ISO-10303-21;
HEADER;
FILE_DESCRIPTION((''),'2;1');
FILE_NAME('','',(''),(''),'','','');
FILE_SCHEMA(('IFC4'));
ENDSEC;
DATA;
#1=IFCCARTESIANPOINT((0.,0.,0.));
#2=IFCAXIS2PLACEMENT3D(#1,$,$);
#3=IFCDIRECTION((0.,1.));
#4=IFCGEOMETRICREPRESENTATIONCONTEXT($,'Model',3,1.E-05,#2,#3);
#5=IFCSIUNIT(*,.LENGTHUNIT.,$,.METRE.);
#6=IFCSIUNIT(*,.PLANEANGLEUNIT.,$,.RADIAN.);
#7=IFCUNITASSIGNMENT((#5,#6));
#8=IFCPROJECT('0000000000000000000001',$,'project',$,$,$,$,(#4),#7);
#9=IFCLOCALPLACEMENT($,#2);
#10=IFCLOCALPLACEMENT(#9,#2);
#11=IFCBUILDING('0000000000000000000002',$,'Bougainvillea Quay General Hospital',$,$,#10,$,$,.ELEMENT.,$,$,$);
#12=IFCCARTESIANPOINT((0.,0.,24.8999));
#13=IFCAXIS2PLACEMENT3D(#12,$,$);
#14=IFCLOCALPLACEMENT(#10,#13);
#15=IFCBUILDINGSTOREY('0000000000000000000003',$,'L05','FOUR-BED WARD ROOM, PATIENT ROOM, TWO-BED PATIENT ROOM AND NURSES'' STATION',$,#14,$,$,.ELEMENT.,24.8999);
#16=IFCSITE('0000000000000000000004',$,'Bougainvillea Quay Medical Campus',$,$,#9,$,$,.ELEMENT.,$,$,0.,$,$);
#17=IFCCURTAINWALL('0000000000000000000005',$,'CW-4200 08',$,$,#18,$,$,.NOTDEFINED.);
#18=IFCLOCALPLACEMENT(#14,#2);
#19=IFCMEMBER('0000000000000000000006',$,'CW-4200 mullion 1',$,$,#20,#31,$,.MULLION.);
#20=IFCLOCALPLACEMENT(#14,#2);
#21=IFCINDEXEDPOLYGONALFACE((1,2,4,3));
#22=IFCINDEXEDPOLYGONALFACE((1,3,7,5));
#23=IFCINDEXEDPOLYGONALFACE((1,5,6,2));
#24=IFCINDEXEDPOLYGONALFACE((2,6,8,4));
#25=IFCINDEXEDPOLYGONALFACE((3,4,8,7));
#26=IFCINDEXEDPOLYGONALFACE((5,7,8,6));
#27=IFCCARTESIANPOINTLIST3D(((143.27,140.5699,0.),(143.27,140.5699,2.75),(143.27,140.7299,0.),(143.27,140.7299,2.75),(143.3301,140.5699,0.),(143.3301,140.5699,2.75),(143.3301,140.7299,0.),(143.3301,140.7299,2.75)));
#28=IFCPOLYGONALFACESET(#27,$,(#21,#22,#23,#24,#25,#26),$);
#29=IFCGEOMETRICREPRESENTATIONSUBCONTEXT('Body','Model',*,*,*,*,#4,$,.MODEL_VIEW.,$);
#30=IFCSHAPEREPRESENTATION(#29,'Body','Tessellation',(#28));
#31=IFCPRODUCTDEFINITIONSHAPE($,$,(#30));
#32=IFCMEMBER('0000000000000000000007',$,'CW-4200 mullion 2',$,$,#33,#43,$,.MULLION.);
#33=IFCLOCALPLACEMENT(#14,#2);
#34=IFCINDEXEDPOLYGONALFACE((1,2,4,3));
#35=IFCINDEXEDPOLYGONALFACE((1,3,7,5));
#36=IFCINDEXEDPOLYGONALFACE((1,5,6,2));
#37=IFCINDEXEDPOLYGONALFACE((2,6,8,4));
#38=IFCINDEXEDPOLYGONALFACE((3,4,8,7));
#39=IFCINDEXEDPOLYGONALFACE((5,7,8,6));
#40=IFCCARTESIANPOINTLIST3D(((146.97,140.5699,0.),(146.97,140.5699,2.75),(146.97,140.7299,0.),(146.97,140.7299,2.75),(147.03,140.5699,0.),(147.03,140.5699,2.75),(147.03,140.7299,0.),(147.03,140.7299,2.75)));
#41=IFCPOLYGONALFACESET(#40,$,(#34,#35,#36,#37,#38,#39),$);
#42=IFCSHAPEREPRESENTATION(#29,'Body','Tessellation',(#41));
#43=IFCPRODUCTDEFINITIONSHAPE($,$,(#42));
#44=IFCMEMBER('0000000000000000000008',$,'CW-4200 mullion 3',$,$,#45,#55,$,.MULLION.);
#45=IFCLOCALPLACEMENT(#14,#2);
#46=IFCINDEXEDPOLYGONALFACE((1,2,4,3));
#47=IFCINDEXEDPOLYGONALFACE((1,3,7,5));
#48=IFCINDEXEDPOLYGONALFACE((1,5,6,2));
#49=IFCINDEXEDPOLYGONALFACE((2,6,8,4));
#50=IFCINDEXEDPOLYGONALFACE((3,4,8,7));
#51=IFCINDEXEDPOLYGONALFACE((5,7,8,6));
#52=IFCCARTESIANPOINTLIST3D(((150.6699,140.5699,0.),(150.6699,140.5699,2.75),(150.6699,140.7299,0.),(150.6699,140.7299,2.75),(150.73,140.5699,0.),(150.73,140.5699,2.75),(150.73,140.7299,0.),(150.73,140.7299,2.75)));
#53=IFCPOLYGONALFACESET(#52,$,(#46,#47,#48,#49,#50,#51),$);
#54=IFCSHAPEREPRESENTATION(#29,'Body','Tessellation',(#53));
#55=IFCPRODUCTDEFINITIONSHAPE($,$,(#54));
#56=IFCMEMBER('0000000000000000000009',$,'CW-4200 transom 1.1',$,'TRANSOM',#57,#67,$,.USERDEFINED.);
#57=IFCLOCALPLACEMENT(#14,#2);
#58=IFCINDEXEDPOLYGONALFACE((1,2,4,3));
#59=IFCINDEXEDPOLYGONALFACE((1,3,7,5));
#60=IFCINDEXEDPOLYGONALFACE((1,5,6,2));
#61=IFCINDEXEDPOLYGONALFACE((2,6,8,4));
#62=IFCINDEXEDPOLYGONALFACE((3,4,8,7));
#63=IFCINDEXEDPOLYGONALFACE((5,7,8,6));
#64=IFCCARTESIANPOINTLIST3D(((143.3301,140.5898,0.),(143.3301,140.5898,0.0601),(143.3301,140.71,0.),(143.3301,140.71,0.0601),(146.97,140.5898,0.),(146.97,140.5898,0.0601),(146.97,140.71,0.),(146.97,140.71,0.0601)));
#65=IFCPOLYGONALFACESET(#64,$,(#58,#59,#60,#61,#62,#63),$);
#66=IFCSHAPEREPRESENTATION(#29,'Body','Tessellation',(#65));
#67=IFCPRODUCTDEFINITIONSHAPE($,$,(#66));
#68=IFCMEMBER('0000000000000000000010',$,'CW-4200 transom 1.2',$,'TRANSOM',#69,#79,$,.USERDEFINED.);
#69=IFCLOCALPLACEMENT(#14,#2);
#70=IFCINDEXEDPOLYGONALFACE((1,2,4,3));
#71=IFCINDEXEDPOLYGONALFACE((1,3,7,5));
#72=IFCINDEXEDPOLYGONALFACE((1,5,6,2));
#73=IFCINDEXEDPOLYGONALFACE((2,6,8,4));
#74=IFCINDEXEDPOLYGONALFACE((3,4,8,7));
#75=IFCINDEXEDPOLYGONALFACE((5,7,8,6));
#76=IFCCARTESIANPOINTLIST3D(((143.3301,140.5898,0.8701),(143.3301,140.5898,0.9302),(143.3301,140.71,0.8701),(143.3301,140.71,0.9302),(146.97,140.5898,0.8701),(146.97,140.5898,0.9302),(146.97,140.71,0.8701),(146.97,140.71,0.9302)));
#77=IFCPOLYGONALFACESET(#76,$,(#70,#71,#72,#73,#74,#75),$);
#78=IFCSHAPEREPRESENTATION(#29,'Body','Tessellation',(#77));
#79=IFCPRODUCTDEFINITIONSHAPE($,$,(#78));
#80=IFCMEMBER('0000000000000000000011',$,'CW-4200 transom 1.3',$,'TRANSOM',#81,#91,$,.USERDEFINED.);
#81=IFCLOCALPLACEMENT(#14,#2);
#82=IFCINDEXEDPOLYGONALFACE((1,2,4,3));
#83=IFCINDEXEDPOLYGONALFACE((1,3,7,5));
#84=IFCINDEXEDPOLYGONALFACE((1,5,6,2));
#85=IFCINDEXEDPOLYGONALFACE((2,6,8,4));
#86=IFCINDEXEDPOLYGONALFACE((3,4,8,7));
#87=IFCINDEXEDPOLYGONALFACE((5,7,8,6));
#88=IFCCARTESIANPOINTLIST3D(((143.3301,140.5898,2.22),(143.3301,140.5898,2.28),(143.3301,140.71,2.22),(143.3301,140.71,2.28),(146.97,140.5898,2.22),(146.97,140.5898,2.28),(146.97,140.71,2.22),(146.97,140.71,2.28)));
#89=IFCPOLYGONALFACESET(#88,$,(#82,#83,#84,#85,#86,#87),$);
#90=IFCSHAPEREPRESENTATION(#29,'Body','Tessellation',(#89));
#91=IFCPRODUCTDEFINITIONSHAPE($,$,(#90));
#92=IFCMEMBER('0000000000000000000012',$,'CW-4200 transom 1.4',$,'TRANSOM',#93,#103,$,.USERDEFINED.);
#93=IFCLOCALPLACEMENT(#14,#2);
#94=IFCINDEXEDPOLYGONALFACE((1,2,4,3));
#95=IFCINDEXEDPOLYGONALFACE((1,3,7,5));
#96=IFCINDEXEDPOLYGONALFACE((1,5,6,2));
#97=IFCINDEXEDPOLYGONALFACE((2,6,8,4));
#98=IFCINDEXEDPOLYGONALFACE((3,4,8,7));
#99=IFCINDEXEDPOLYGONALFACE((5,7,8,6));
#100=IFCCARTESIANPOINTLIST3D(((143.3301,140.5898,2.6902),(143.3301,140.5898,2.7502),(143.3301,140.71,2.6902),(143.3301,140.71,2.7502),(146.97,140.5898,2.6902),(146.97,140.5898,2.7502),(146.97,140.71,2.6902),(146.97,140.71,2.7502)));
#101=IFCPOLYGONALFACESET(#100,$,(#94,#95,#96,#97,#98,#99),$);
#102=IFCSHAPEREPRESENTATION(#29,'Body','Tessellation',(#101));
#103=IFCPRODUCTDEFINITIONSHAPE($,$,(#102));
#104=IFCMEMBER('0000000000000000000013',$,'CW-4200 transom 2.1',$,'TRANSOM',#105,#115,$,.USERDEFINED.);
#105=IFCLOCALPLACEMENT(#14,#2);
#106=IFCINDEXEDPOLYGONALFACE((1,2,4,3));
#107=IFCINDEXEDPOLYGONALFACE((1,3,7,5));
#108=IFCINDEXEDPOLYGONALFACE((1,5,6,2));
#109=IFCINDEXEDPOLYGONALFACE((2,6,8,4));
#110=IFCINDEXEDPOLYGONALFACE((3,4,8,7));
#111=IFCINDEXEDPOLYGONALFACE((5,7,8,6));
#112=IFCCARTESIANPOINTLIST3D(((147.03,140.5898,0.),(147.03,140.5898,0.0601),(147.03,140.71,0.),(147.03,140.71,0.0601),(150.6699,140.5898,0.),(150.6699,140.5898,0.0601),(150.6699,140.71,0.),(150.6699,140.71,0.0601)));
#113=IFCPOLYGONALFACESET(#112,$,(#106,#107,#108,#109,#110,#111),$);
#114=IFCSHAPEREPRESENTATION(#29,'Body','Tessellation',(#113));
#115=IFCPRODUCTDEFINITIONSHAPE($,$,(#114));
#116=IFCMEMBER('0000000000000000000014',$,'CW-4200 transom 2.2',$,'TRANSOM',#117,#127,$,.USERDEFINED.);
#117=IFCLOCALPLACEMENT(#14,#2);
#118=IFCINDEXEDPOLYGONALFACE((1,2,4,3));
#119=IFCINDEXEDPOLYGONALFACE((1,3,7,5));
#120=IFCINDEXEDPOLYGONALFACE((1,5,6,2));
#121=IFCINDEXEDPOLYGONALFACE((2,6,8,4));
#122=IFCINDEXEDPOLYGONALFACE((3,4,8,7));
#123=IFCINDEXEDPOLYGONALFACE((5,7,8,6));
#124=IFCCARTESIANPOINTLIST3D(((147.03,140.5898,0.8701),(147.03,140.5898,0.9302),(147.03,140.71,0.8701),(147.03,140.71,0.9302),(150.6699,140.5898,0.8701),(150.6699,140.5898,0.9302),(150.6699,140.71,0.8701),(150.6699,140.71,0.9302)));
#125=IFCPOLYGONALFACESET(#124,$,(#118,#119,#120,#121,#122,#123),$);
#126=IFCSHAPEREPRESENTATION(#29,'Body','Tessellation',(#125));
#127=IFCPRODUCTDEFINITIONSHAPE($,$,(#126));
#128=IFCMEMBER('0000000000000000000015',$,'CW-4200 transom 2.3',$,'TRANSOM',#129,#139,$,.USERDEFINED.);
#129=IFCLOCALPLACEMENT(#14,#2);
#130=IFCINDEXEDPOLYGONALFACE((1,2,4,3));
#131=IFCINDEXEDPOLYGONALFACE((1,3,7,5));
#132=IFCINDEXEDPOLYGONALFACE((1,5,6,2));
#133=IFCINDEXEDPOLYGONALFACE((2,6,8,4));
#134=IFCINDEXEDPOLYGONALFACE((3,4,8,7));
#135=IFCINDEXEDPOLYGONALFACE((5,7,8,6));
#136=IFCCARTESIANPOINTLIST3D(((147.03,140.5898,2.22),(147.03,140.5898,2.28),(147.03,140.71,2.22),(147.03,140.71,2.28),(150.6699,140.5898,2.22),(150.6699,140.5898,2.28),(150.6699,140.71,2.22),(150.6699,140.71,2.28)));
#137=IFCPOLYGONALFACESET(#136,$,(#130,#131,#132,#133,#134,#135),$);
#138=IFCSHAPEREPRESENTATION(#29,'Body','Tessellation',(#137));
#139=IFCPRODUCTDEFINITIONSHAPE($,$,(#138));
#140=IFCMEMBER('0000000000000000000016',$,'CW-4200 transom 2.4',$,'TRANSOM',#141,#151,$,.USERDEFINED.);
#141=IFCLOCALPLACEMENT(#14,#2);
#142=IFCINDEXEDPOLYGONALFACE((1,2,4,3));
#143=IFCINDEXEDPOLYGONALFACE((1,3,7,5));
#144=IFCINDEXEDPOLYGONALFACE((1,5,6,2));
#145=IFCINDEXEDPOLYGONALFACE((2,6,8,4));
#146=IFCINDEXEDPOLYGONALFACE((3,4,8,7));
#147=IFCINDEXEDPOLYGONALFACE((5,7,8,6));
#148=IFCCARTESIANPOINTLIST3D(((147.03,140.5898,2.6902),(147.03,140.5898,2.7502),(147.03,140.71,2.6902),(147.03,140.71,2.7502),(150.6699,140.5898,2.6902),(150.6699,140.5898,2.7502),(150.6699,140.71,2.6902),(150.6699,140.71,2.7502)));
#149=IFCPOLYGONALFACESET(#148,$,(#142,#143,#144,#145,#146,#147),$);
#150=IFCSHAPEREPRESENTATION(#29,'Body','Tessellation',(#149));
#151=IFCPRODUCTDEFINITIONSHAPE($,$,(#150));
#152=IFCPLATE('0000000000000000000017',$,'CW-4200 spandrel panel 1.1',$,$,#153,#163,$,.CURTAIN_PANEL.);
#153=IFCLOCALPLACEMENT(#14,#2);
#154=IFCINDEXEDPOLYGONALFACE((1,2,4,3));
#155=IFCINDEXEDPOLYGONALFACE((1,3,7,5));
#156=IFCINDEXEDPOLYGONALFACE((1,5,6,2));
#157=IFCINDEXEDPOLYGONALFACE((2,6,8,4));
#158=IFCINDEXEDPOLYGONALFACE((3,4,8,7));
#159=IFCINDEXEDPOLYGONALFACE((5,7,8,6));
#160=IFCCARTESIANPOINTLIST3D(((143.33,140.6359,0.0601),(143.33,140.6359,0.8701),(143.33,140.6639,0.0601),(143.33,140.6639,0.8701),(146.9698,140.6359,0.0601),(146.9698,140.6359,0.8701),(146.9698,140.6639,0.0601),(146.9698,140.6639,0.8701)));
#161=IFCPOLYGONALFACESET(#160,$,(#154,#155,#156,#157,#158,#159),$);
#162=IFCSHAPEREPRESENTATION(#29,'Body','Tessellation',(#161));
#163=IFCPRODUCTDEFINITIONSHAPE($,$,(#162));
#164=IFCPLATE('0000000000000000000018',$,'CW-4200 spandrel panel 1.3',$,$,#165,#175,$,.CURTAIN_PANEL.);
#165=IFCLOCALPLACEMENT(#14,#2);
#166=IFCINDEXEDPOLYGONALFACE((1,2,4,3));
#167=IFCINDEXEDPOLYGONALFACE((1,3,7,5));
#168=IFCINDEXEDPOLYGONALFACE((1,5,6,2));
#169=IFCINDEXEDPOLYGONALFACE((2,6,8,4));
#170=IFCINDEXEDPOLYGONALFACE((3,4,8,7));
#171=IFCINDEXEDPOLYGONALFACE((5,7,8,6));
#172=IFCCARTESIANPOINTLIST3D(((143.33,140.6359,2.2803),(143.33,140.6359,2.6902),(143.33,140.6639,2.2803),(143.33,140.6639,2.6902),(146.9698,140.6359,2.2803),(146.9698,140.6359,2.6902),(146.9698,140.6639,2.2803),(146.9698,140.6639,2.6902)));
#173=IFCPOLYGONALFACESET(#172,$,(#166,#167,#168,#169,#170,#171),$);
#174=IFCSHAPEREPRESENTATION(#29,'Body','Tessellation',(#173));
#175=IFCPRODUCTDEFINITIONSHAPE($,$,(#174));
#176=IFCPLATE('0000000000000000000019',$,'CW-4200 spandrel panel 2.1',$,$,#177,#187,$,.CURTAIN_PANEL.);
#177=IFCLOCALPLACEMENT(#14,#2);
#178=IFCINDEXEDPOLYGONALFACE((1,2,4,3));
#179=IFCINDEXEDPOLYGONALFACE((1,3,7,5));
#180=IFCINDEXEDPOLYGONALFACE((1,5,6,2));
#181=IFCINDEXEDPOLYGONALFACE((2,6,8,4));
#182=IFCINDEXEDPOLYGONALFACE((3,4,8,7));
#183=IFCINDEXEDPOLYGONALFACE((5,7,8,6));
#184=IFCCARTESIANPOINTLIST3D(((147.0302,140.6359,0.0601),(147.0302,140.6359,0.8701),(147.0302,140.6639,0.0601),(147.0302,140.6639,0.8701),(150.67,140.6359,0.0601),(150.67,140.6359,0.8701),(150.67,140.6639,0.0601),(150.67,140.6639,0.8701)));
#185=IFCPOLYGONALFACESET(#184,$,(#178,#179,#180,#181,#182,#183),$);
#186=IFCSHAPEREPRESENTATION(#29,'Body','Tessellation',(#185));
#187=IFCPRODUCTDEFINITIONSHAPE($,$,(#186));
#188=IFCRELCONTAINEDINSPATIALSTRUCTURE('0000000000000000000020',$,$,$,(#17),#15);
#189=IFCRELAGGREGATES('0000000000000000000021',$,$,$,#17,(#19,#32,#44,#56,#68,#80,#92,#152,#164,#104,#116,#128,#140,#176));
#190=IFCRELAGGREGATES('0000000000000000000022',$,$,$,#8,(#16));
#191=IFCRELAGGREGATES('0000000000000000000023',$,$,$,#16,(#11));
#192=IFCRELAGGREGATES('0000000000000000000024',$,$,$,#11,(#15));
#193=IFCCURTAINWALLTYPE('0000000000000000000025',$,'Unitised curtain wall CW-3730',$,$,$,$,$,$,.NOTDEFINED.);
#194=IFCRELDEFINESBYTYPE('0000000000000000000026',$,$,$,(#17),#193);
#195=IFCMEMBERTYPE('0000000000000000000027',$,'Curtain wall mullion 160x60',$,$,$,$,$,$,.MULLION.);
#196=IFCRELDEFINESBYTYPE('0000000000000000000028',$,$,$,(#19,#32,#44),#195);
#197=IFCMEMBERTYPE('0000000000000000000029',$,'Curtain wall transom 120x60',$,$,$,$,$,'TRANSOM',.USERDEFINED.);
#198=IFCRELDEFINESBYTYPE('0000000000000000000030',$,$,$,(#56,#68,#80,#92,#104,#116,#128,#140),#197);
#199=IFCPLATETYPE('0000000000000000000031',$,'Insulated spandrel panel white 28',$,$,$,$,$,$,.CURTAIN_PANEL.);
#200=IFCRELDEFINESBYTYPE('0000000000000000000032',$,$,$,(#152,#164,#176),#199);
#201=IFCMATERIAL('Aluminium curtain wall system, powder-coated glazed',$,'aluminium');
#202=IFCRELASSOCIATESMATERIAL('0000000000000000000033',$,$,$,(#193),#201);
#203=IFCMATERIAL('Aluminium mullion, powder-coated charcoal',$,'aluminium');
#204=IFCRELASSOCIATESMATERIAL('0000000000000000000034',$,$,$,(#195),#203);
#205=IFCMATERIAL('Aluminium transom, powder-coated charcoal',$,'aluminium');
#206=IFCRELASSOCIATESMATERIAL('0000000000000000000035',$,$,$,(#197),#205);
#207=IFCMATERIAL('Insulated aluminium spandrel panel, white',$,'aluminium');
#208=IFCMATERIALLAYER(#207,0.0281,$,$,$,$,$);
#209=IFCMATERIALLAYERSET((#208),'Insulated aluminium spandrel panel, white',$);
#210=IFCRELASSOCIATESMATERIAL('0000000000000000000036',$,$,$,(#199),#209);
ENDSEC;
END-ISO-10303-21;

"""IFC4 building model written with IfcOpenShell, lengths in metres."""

from ifc_helpers import new_model, si_unit, direction, frame, origin, origin_2d, place, context, subcontext, project, spatial, rectangle, extrude, material, layer, layer_set, material_profile, profile_set, type_object, element, aggregate, save


model = new_model("IFC4")

# Units and contexts
model_context = context("Model", 3, precision=1e-05, world=origin(), true_north=direction((0.0, 1.0)))
body_context = subcontext(model_context, "Body", "Model", "MODEL_VIEW")
ifc_project = project(units=[si_unit("LENGTHUNIT", "METRE"), si_unit("PLANEANGLEUNIT", "RADIAN")], contexts=[model_context])

# Site, building, storey
site_placement = place(None, origin())
site = spatial("IfcSite", under=ifc_project, at=site_placement, Name="Bougainvillea Quay Medical Campus", CompositionType="ELEMENT", RefElevation=0.0)
building_placement = place(site_placement, origin())
building = spatial("IfcBuilding", under=site, at=building_placement, Name="Bougainvillea Quay General Hospital", CompositionType="ELEMENT")
storey_placement = place(building_placement, frame((0.0, 0.0, 24.8999)))
storey = spatial("IfcBuildingStorey", under=building, at=storey_placement, Name="L05", Description="FOUR-BED WARD ROOM, PATIENT ROOM, TWO-BED PATIENT ROOM AND NURSES' STATION", CompositionType="ELEMENT", Elevation=24.8999)

# Curtain wall, members, plates
ifc_material_1 = material(Name="Aluminium curtain wall system, powder-coated glazed", Category="aluminium")
curtain_wall_type = type_object("IfcCurtainWallType", Name="Unitised curtain wall CW-3730", PredefinedType="NOTDEFINED", material=ifc_material_1)
curtain_wall_placement = place(storey_placement, origin())
curtain_wall = element("IfcCurtainWall", 1, at=curtain_wall_placement, inside=storey, type_object=curtain_wall_type, Name="CW-4200 08", PredefinedType="NOTDEFINED")
ifc_material_2 = material(Name="Aluminium mullion, powder-coated charcoal", Category="aluminium")
ifc_material_profile_1 = material_profile(ifc_material_2, rectangle(XDim=0.1599, YDim=0.0601, at=origin_2d()))
ifc_profile_set_1 = profile_set([ifc_material_profile_1], Name="Aluminium mullion, powder-coated charcoal")
member_type_1 = type_object("IfcMemberType", Name="Curtain wall mullion 160x60", PredefinedType="MULLION", material=ifc_profile_set_1)
member_1_placement = place(storey_placement, frame((143.3, 140.6499, 0.0), z_axis=(0.0, 0.0, 1.0), x_axis=(0.0, 1.0, 0.0)))
member_1 = element("IfcMember", 2, at=member_1_placement, type_object=member_type_1, Name="CW-4200 mullion 1", PredefinedType="MULLION", context=body_context, shape_type="SweptSolid", body=[
    extrude(rectangle(XDim=0.1599, YDim=0.0601, at=origin_2d()), origin(), (0.0, 0.0, 1.0), 2.75),
])
member_2_placement = place(storey_placement, frame((147.0, 140.6499, 0.0), z_axis=(0.0, 0.0, 1.0), x_axis=(0.0, 1.0, 0.0)))
member_2 = element("IfcMember", 3, at=member_2_placement, type_object=member_type_1, Name="CW-4200 mullion 2", PredefinedType="MULLION", context=body_context, shape_type="SweptSolid", body=[
    extrude(rectangle(XDim=0.1599, YDim=0.0601, at=origin_2d()), origin(), (0.0, 0.0, 1.0), 2.75),
])
member_3_placement = place(storey_placement, frame((150.7, 140.6499, 0.0), z_axis=(0.0, 0.0, 1.0), x_axis=(0.0, 1.0, 0.0)))
member_3 = element("IfcMember", 4, at=member_3_placement, type_object=member_type_1, Name="CW-4200 mullion 3", PredefinedType="MULLION", context=body_context, shape_type="SweptSolid", body=[
    extrude(rectangle(XDim=0.1599, YDim=0.0601, at=origin_2d()), origin(), (0.0, 0.0, 1.0), 2.75),
])
ifc_material_3 = material(Name="Aluminium transom, powder-coated charcoal", Category="aluminium")
ifc_material_profile_2 = material_profile(ifc_material_3, rectangle(XDim=0.1201, YDim=0.0601, at=origin_2d()))
ifc_profile_set_2 = profile_set([ifc_material_profile_2], Name="Aluminium transom, powder-coated charcoal")
member_type_2 = type_object("IfcMemberType", Name="Curtain wall transom 120x60", ElementType="TRANSOM", PredefinedType="USERDEFINED", material=ifc_profile_set_2)
member_4_placement = place(storey_placement, frame((143.3301, 140.6499, 0.03), z_axis=(1.0, 0.0, 0.0), x_axis=(0.0, 1.0, 0.0)))
member_4 = element("IfcMember", 5, at=member_4_placement, type_object=member_type_2, Name="CW-4200 transom 1.1", ObjectType="TRANSOM", PredefinedType="USERDEFINED", context=body_context, shape_type="SweptSolid", body=[
    extrude(rectangle(XDim=0.1201, YDim=0.0601, at=origin_2d()), origin(), (0.0, 0.0, 1.0), 3.6399),
])
member_5_placement = place(storey_placement, frame((143.3301, 140.6499, 0.9001), z_axis=(1.0, 0.0, 0.0), x_axis=(0.0, 1.0, 0.0)))
member_5 = element("IfcMember", 6, at=member_5_placement, type_object=member_type_2, Name="CW-4200 transom 1.2", ObjectType="TRANSOM", PredefinedType="USERDEFINED", context=body_context, shape_type="SweptSolid", body=[
    extrude(rectangle(XDim=0.1201, YDim=0.0601, at=origin_2d()), origin(), (0.0, 0.0, 1.0), 3.6399),
])
member_6_placement = place(storey_placement, frame((143.3301, 140.6499, 2.25), z_axis=(1.0, 0.0, 0.0), x_axis=(0.0, 1.0, 0.0)))
member_6 = element("IfcMember", 7, at=member_6_placement, type_object=member_type_2, Name="CW-4200 transom 1.3", ObjectType="TRANSOM", PredefinedType="USERDEFINED", context=body_context, shape_type="SweptSolid", body=[
    extrude(rectangle(XDim=0.1201, YDim=0.0601, at=origin_2d()), origin(), (0.0, 0.0, 1.0), 3.6399),
])
member_7_placement = place(storey_placement, frame((143.3301, 140.6499, 2.7202), z_axis=(1.0, 0.0, 0.0), x_axis=(0.0, 1.0, 0.0)))
member_7 = element("IfcMember", 8, at=member_7_placement, type_object=member_type_2, Name="CW-4200 transom 1.4", ObjectType="TRANSOM", PredefinedType="USERDEFINED", context=body_context, shape_type="SweptSolid", body=[
    extrude(rectangle(XDim=0.1201, YDim=0.0601, at=origin_2d()), origin(), (0.0, 0.0, 1.0), 3.6399),
])
member_8_placement = place(storey_placement, frame((147.03, 140.6499, 0.03), z_axis=(1.0, 0.0, 0.0), x_axis=(0.0, 1.0, 0.0)))
member_8 = element("IfcMember", 9, at=member_8_placement, type_object=member_type_2, Name="CW-4200 transom 2.1", ObjectType="TRANSOM", PredefinedType="USERDEFINED", context=body_context, shape_type="SweptSolid", body=[
    extrude(rectangle(XDim=0.1201, YDim=0.0601, at=origin_2d()), origin(), (0.0, 0.0, 1.0), 3.6399),
])
member_9_placement = place(storey_placement, frame((147.03, 140.6499, 0.9001), z_axis=(1.0, 0.0, 0.0), x_axis=(0.0, 1.0, 0.0)))
member_9 = element("IfcMember", 10, at=member_9_placement, type_object=member_type_2, Name="CW-4200 transom 2.2", ObjectType="TRANSOM", PredefinedType="USERDEFINED", context=body_context, shape_type="SweptSolid", body=[
    extrude(rectangle(XDim=0.1201, YDim=0.0601, at=origin_2d()), origin(), (0.0, 0.0, 1.0), 3.6399),
])
member_10_placement = place(storey_placement, frame((147.03, 140.6499, 2.25), z_axis=(1.0, 0.0, 0.0), x_axis=(0.0, 1.0, 0.0)))
member_10 = element("IfcMember", 11, at=member_10_placement, type_object=member_type_2, Name="CW-4200 transom 2.3", ObjectType="TRANSOM", PredefinedType="USERDEFINED", context=body_context, shape_type="SweptSolid", body=[
    extrude(rectangle(XDim=0.1201, YDim=0.0601, at=origin_2d()), origin(), (0.0, 0.0, 1.0), 3.6399),
])
member_11_placement = place(storey_placement, frame((147.03, 140.6499, 2.7202), z_axis=(1.0, 0.0, 0.0), x_axis=(0.0, 1.0, 0.0)))
member_11 = element("IfcMember", 12, at=member_11_placement, type_object=member_type_2, Name="CW-4200 transom 2.4", ObjectType="TRANSOM", PredefinedType="USERDEFINED", context=body_context, shape_type="SweptSolid", body=[
    extrude(rectangle(XDim=0.1201, YDim=0.0601, at=origin_2d()), origin(), (0.0, 0.0, 1.0), 3.6399),
])
ifc_material_4 = material(Name="Insulated aluminium spandrel panel, white", Category="aluminium")
ifc_layer_1 = layer(ifc_material_4, 0.0281)
ifc_layer_set_1 = layer_set([ifc_layer_1], Name="Insulated aluminium spandrel panel, white")
plate_type_1 = type_object("IfcPlateType", Name="Insulated spandrel panel white 28", PredefinedType="CURTAIN_PANEL", material=ifc_layer_set_1)
plate_1_placement = place(storey_placement, frame((145.1499, 140.6499, 0.0601), z_axis=(0.0, 0.0, 1.0), x_axis=(1.0, 0.0, 0.0)))
plate_1 = element("IfcPlate", 13, at=plate_1_placement, type_object=plate_type_1, Name="CW-4200 spandrel panel 1.1", PredefinedType="CURTAIN_PANEL", context=body_context, shape_type="SweptSolid", body=[
    extrude(rectangle(XDim=3.6399, YDim=0.0281, at=origin_2d()), origin(), (0.0, 0.0, 1.0), 0.8101),
])
plate_2_placement = place(storey_placement, frame((145.1499, 140.6499, 2.2803), z_axis=(0.0, 0.0, 1.0), x_axis=(1.0, 0.0, 0.0)))
plate_2 = element("IfcPlate", 14, at=plate_2_placement, type_object=plate_type_1, Name="CW-4200 spandrel panel 1.3", PredefinedType="CURTAIN_PANEL", context=body_context, shape_type="SweptSolid", body=[
    extrude(rectangle(XDim=3.6399, YDim=0.0281, at=origin_2d()), origin(), (0.0, 0.0, 1.0), 0.4099),
])
plate_3_placement = place(storey_placement, frame((148.8501, 140.6499, 0.0601), z_axis=(0.0, 0.0, 1.0), x_axis=(1.0, 0.0, 0.0)))
plate_3 = element("IfcPlate", 15, at=plate_3_placement, type_object=plate_type_1, Name="CW-4200 spandrel panel 2.1", PredefinedType="CURTAIN_PANEL", context=body_context, shape_type="SweptSolid", body=[
    extrude(rectangle(XDim=3.6399, YDim=0.0281, at=origin_2d()), origin(), (0.0, 0.0, 1.0), 0.8101),
])
aggregate(curtain_wall, [member_1, member_2, member_3, member_4, member_5, member_6, member_7, plate_1, plate_2, member_8, member_9, member_10, member_11, plate_3])

save(model, "model.ifc")
